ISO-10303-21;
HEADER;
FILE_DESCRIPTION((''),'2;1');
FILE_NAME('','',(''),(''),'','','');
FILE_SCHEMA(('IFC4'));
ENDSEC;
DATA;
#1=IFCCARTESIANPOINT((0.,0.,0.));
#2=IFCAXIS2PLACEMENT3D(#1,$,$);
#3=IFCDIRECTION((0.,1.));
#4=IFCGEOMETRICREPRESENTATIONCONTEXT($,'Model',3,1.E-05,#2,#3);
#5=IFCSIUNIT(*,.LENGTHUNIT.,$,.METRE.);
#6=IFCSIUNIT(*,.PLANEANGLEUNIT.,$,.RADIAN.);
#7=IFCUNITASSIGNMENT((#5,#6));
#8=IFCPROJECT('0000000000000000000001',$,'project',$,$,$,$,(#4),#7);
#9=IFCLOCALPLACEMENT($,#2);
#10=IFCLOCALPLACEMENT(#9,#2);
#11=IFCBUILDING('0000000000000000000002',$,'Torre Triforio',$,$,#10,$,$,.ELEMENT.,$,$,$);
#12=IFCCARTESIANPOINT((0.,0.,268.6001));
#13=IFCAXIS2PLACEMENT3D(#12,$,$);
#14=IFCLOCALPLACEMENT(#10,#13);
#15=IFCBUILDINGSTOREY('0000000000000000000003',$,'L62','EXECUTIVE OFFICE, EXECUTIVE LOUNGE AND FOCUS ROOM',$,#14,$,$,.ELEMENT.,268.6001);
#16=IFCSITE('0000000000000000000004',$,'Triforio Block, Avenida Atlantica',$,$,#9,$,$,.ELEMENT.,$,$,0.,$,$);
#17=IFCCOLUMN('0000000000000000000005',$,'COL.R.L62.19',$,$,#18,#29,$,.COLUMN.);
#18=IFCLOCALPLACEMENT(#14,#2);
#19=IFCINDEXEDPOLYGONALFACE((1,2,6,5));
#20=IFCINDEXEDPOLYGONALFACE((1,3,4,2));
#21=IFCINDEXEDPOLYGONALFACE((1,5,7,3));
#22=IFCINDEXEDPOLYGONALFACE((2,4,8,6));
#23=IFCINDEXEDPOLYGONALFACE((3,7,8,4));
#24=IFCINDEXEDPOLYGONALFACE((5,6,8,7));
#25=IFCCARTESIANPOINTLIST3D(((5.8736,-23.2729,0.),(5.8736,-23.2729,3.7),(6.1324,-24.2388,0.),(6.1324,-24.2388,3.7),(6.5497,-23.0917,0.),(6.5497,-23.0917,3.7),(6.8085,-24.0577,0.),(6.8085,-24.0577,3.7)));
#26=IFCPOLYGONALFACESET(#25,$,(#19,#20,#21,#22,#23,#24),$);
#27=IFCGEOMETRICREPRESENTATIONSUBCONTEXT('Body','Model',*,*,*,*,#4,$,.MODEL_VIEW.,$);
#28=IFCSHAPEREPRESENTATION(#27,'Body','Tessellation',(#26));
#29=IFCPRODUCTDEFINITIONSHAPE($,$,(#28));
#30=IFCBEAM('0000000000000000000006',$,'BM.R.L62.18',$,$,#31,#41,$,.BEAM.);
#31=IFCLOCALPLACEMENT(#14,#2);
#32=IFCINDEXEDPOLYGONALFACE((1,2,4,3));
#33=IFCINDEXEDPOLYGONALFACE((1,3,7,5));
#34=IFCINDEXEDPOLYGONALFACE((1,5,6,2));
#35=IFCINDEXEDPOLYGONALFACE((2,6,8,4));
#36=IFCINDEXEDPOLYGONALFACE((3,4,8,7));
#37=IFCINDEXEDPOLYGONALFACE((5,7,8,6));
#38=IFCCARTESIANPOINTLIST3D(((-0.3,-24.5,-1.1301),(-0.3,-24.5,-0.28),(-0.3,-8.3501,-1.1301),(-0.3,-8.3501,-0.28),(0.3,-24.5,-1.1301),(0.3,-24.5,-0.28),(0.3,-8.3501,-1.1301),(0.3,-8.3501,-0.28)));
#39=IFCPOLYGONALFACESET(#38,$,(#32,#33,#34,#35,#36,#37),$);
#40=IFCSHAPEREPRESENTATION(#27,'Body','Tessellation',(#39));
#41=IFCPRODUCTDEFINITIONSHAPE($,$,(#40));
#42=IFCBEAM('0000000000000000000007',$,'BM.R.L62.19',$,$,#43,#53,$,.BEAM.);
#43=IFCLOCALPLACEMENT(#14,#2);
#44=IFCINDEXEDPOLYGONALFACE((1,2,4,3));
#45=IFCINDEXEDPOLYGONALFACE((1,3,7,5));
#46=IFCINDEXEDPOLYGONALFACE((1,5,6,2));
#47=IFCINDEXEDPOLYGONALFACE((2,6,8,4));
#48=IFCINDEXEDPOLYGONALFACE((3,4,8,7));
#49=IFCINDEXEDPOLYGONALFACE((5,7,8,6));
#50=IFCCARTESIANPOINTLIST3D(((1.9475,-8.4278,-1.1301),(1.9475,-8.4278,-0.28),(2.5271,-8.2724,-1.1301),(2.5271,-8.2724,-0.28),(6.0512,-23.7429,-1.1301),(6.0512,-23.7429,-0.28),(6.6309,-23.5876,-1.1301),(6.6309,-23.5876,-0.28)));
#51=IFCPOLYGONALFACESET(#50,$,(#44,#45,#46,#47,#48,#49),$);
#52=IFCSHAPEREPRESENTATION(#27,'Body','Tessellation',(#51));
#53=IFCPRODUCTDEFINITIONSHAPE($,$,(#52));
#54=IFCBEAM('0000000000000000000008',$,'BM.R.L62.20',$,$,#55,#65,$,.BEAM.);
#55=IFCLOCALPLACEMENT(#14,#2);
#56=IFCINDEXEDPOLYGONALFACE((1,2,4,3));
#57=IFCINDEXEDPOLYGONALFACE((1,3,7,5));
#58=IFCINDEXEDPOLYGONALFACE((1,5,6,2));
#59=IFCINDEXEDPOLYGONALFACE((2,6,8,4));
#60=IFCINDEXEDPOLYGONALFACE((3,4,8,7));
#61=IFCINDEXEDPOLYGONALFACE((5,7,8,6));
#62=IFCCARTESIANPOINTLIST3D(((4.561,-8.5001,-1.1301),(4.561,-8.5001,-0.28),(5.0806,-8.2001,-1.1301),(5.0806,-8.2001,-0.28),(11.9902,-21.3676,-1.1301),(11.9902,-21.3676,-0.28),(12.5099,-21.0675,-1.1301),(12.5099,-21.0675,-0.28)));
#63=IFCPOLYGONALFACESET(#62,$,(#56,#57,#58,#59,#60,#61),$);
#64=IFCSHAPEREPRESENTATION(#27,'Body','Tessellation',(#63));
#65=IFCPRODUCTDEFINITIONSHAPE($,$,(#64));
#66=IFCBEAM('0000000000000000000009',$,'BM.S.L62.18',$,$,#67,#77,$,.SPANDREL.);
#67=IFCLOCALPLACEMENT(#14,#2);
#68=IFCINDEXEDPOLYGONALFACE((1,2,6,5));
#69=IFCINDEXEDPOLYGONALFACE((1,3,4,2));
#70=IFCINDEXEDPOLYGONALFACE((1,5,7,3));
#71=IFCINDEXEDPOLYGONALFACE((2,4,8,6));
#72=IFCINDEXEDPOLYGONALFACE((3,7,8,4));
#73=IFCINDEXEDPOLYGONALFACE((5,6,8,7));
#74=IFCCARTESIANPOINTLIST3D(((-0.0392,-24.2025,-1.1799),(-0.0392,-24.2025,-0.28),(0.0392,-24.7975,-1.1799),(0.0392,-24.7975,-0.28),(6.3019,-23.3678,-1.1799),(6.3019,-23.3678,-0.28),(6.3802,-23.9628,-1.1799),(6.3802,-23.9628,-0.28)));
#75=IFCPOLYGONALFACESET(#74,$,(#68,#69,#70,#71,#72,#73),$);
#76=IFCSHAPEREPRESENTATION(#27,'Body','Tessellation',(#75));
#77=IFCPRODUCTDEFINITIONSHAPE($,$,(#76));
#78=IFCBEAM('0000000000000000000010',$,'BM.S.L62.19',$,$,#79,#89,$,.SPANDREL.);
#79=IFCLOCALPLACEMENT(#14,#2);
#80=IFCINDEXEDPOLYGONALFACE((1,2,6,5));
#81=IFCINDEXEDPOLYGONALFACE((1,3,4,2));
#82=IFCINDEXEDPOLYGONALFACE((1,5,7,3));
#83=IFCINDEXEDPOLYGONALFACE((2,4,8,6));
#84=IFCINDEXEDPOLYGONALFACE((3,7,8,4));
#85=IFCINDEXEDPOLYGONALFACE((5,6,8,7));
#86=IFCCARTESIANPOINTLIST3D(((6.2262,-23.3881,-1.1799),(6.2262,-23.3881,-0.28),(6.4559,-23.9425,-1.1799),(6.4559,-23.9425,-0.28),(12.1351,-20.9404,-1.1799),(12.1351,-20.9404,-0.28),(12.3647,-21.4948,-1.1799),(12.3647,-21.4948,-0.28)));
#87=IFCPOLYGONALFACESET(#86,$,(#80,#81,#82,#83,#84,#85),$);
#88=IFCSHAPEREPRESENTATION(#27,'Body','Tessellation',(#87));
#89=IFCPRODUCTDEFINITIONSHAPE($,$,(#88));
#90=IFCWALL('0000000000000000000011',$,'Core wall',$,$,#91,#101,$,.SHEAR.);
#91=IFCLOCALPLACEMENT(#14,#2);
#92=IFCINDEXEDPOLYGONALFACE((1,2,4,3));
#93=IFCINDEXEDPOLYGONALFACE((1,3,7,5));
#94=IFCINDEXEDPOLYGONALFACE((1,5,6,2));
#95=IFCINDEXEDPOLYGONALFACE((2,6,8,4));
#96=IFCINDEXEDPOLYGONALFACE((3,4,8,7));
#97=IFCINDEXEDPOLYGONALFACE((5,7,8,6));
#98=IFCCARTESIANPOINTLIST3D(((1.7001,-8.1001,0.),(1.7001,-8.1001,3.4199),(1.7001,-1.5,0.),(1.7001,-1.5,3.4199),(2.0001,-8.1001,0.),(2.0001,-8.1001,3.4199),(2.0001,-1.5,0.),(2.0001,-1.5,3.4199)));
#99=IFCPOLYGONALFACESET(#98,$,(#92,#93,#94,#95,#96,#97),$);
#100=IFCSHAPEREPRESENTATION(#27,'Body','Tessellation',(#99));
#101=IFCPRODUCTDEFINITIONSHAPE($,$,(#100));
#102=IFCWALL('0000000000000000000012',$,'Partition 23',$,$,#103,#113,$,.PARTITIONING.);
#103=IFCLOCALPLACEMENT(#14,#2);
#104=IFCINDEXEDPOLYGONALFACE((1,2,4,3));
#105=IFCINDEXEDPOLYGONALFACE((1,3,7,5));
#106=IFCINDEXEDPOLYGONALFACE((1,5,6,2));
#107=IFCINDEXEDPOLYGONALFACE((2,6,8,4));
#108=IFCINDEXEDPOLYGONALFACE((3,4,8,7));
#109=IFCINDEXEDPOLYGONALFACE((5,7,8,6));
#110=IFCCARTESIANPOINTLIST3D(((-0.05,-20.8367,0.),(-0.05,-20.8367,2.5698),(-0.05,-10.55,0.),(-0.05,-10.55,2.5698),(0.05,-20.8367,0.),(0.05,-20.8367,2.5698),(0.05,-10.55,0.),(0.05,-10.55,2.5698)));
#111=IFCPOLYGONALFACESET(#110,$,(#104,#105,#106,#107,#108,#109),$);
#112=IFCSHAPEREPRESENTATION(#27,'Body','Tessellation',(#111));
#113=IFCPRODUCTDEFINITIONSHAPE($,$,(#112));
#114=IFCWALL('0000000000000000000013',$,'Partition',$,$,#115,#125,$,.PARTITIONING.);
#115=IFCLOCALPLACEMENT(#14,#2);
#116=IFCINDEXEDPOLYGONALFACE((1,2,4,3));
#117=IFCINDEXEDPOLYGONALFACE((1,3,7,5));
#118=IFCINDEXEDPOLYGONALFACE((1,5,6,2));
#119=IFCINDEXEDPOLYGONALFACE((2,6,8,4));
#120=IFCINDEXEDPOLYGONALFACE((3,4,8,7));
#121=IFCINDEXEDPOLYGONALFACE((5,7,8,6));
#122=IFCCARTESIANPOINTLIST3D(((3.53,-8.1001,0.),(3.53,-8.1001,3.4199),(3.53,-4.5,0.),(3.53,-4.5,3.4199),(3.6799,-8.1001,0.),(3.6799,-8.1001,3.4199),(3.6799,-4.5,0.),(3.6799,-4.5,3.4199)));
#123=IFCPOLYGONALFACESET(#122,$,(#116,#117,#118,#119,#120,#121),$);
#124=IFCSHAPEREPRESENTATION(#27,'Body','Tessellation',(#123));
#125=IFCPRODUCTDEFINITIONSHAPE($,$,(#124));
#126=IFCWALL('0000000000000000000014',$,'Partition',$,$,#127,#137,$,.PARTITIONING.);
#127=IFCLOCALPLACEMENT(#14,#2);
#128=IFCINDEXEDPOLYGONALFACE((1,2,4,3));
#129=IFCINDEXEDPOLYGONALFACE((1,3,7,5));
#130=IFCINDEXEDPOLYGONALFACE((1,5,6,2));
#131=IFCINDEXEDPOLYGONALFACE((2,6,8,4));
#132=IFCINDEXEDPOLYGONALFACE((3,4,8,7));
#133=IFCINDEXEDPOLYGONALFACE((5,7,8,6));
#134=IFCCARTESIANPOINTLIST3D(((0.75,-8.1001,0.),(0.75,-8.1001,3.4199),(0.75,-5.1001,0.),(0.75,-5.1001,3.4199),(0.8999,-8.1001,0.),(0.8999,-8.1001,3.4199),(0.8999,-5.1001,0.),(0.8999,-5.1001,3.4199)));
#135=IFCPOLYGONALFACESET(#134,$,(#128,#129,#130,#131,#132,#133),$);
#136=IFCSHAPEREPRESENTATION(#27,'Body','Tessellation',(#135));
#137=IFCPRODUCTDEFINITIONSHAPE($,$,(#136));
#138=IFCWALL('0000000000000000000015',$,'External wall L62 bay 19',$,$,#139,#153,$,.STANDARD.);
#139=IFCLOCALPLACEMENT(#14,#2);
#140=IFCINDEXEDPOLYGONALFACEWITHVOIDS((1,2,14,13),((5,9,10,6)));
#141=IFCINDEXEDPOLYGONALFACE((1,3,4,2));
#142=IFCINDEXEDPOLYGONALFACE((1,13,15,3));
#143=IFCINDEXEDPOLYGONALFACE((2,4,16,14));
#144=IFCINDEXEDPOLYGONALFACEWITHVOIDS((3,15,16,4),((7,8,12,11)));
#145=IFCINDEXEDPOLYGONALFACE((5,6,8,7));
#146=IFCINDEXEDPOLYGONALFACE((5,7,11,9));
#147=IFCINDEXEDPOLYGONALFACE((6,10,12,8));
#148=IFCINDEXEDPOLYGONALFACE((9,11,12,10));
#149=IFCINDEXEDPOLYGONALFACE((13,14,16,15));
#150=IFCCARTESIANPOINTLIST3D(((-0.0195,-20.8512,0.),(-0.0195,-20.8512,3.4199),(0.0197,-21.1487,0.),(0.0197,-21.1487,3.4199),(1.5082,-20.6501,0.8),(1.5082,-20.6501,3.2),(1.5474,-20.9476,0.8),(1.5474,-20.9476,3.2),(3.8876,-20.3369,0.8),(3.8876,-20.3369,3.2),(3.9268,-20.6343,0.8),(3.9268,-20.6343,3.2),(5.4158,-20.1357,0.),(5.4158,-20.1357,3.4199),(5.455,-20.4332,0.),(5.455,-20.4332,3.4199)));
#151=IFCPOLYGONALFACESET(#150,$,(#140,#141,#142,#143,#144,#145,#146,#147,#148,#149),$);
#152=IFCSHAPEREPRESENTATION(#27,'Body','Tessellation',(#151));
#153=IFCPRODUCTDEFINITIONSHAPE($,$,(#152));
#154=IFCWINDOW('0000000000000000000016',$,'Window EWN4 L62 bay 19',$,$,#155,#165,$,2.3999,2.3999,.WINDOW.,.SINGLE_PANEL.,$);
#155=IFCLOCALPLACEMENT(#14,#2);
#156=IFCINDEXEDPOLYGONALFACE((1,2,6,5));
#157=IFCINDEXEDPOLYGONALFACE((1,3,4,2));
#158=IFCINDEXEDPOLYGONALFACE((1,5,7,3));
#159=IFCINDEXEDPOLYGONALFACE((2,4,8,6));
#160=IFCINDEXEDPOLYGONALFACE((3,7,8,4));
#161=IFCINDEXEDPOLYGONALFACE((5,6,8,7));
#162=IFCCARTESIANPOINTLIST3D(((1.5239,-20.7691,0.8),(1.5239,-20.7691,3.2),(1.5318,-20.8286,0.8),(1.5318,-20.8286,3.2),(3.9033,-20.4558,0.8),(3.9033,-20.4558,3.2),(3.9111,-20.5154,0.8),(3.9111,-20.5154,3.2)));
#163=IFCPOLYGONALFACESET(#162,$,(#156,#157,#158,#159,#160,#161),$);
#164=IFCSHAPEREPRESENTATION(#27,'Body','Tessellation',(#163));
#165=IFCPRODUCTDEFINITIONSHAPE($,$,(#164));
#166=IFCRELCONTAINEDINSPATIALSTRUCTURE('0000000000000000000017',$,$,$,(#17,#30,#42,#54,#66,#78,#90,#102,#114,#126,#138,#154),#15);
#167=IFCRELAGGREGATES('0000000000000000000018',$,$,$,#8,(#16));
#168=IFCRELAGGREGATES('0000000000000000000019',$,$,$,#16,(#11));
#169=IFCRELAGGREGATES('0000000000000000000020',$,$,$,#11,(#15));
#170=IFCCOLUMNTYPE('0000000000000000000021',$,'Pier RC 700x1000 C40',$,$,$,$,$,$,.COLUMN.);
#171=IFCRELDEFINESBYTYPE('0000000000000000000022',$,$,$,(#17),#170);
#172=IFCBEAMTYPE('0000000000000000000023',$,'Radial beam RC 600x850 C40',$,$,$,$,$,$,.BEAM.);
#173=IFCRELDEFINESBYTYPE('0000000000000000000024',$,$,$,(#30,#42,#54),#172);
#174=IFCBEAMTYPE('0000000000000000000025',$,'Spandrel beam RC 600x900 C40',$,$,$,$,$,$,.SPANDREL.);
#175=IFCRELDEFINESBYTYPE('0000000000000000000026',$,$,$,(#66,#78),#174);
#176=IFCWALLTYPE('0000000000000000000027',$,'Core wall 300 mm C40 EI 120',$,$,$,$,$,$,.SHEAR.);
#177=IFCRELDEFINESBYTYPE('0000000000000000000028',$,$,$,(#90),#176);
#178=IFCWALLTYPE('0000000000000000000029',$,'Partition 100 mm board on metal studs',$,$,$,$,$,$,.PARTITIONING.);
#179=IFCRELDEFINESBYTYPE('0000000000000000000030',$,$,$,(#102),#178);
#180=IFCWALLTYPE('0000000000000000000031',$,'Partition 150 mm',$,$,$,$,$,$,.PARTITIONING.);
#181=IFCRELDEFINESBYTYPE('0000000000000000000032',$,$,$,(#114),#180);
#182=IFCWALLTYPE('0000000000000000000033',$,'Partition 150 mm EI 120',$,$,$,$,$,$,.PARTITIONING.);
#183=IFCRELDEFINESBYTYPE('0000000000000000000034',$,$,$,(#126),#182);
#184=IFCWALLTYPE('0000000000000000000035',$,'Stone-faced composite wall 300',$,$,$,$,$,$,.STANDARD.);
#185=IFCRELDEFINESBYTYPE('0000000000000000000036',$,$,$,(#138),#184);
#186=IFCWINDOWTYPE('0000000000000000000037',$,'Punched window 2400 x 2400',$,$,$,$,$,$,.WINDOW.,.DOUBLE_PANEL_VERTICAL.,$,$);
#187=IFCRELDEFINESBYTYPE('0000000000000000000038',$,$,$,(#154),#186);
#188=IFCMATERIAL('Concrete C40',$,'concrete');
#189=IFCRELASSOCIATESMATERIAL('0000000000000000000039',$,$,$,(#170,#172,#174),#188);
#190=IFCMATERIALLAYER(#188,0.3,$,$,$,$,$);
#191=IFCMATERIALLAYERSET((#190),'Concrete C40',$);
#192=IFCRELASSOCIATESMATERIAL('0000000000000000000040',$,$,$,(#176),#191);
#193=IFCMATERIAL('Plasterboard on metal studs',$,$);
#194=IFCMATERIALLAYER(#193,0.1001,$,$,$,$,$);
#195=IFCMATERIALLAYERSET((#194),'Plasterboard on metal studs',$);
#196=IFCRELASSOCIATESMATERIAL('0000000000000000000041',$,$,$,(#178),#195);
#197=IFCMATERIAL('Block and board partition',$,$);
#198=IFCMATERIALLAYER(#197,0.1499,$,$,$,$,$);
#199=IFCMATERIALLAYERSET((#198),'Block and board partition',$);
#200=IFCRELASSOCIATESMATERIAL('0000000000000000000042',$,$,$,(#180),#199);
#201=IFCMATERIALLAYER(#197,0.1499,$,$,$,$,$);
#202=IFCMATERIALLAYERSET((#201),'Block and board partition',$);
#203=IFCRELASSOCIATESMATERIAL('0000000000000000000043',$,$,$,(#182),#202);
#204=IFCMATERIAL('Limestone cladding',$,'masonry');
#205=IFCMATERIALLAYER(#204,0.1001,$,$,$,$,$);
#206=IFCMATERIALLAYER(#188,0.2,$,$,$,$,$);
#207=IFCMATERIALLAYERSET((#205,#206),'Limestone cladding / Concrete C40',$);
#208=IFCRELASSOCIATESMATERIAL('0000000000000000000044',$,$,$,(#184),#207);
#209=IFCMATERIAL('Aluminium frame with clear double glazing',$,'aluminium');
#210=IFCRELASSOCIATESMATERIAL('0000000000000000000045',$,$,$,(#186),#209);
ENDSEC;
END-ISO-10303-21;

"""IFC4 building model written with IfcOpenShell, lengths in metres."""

from ifc_helpers import new_model, si_unit, direction, frame, frame_2d, origin, origin_2d, place, context, subcontext, project, spatial, rectangle, extrude, material, layer, layer_set, material_profile, profile_set, type_object, element, fill, save


model = new_model("IFC4")

# Units and contexts
model_context = context("Model", 3, precision=1e-05, world=origin(), true_north=direction((0.0, 1.0)))
body_context = subcontext(model_context, "Body", "Model", "MODEL_VIEW")
ifc_project = project(units=[si_unit("LENGTHUNIT", "METRE"), si_unit("PLANEANGLEUNIT", "RADIAN")], contexts=[model_context])

# Site, building, storey
site_placement = place(None, origin())
site = spatial("IfcSite", under=ifc_project, at=site_placement, Name="Triforio Block, Avenida Atlantica", CompositionType="ELEMENT", RefElevation=0.0)
building_placement = place(site_placement, origin())
building = spatial("IfcBuilding", under=site, at=building_placement, Name="Torre Triforio", CompositionType="ELEMENT")
storey_placement = place(building_placement, frame((0.0, 0.0, 268.6001)))
storey = spatial("IfcBuildingStorey", under=building, at=storey_placement, Name="L62", Description="EXECUTIVE OFFICE, EXECUTIVE LOUNGE AND FOCUS ROOM", CompositionType="ELEMENT", Elevation=268.6001)

# Column
ifc_material_1 = material(Name="Concrete C40", Category="concrete")
ifc_material_profile_1 = material_profile(ifc_material_1, rectangle(XDim=0.7, YDim=1.0, at=origin_2d()), Name="RC 700x1000")
ifc_profile_set_1 = profile_set([ifc_material_profile_1], Name="Concrete C40")
column_type = type_object("IfcColumnType", Name="Pier RC 700x1000 C40", PredefinedType="COLUMN", material=ifc_profile_set_1)
column_placement = place(storey_placement, frame((6.3411, -23.6653, 0.0), z_axis=(0.0, 0.0, 1.0), x_axis=(0.965926, 0.258819, 0.0)))
element("IfcColumn", 1, at=column_placement, inside=storey, type_object=column_type, Name="COL.R.L62.19", PredefinedType="COLUMN", context=body_context, shape_type="SweptSolid", body=[
    extrude(rectangle(XDim=0.7, YDim=1.0, at=origin_2d()), origin(), (0.0, 0.0, 1.0), 3.7),
])

# Beams
ifc_material_profile_2 = material_profile(ifc_material_1, rectangle(XDim=0.6001, YDim=0.8501, at=origin_2d()), Name="RC 600x850")
ifc_profile_set_2 = profile_set([ifc_material_profile_2], Name="Concrete C40")
beam_type_1 = type_object("IfcBeamType", Name="Radial beam RC 600x850 C40", PredefinedType="BEAM", material=ifc_profile_set_2)
beam_1_placement = place(storey_placement, frame((0.0, -8.3501, -0.7051), z_axis=(0.0, -1.0, 0.0), x_axis=(1.0, 0.0, 0.0)))
element("IfcBeam", 2, at=beam_1_placement, inside=storey, type_object=beam_type_1, Name="BM.R.L62.18", PredefinedType="BEAM", context=body_context, shape_type="SweptSolid", body=[
    extrude(rectangle(XDim=0.6001, YDim=0.8501, at=origin_2d()), origin(), (0.0, 0.0, 1.0), 16.1499),
])
beam_2_placement = place(storey_placement, frame((2.2373, -8.3501, -0.7051), z_axis=(0.258823, -0.965925, 0.0), x_axis=(0.965925, 0.258823, 0.0)))
element("IfcBeam", 3, at=beam_2_placement, inside=storey, type_object=beam_type_1, Name="BM.R.L62.19", PredefinedType="BEAM", context=body_context, shape_type="SweptSolid", body=[
    extrude(rectangle(XDim=0.6001, YDim=0.8501, at=origin_2d()), origin(), (0.0, 0.0, 1.0), 15.8555),
])
beam_3_placement = place(storey_placement, frame((4.8208, -8.3501, -0.7051), z_axis=(0.500009, -0.86602, 0.0), x_axis=(0.86602, 0.500009, 0.0)))
element("IfcBeam", 4, at=beam_3_placement, inside=storey, type_object=beam_type_1, Name="BM.R.L62.20", PredefinedType="BEAM", context=body_context, shape_type="SweptSolid", body=[
    extrude(rectangle(XDim=0.6001, YDim=0.8501, at=origin_2d()), origin(), (0.0, 0.0, 1.0), 14.8582),
])
ifc_material_profile_3 = material_profile(ifc_material_1, rectangle(XDim=0.6001, YDim=0.8999, at=origin_2d()), Name="RC 600x900")
ifc_profile_set_3 = profile_set([ifc_material_profile_3], Name="Concrete C40")
beam_type_2 = type_object("IfcBeamType", Name="Spandrel beam RC 600x900 C40", PredefinedType="SPANDREL", material=ifc_profile_set_3)
for number, where, z_axis, x_axis, name in (
    (5, (0.0, -24.5, -0.73), (0.991447, 0.130511, 0.0), (-0.130511, 0.991447, 0.0), "BM.S.L62.18"),
    (6, (6.3411, -23.6653, -0.73), (0.923869, 0.382709, 0.0), (-0.382709, 0.923869, 0.0), "BM.S.L62.19"),
):
    element("IfcBeam", number, at=place(storey_placement, frame(where, z_axis=z_axis, x_axis=x_axis)), inside=storey, type_object=beam_type_2, Name=name, PredefinedType="SPANDREL", context=body_context, shape_type="SweptSolid", body=[
        extrude(rectangle(XDim=0.6001, YDim=0.8999, at=origin_2d()), origin(), (0.0, 0.0, 1.0), 6.3958),
    ])

# Walls
ifc_layer_1 = layer(ifc_material_1, 0.3)
ifc_layer_set_1 = layer_set([ifc_layer_1], Name="Concrete C40")
wall_type_1 = type_object("IfcWallType", Name="Core wall 300 mm C40 EI 120", PredefinedType="SHEAR", material=ifc_layer_set_1)
wall_1_placement = place(storey_placement, frame((1.8501, -8.1001, 0.0), z_axis=(0.0, 0.0, 1.0), x_axis=(0.0, 1.0, 0.0)))
element("IfcWall", 7, at=wall_1_placement, inside=storey, type_object=wall_type_1, Name="Core wall", PredefinedType="SHEAR", context=body_context, shape_type="SweptSolid", body=[
    extrude(rectangle(XDim=6.6001, YDim=0.3, at=frame_2d((3.3, 0.0))), origin(), (0.0, 0.0, 1.0), 3.4199),
])
ifc_material_2 = material(Name="Plasterboard on metal studs")
ifc_layer_2 = layer(ifc_material_2, 0.1001)
ifc_layer_set_2 = layer_set([ifc_layer_2], Name="Plasterboard on metal studs")
wall_type_2 = type_object("IfcWallType", Name="Partition 100 mm board on metal studs", PredefinedType="PARTITIONING", material=ifc_layer_set_2)
wall_2_placement = place(storey_placement, frame((0.0, -10.55, 0.0), z_axis=(0.0, 0.0, 1.0), x_axis=(0.0, -1.0, 0.0)))
element("IfcWall", 8, at=wall_2_placement, inside=storey, type_object=wall_type_2, Name="Partition 23", PredefinedType="PARTITIONING", context=body_context, shape_type="SweptSolid", body=[
    extrude(rectangle(XDim=10.2866, YDim=0.1001, at=frame_2d((5.1433, 0.0))), origin(), (0.0, 0.0, 1.0), 2.5698),
])
ifc_material_3 = material(Name="Block and board partition")
ifc_layer_3 = layer(ifc_material_3, 0.1499)
ifc_layer_set_3 = layer_set([ifc_layer_3], Name="Block and board partition")
wall_type_3 = type_object("IfcWallType", Name="Partition 150 mm", PredefinedType="PARTITIONING", material=ifc_layer_set_3)
wall_3_placement = place(storey_placement, frame((3.605, -8.1001, 0.0), z_axis=(0.0, 0.0, 1.0), x_axis=(0.0, 1.0, 0.0)))
element("IfcWall", 9, at=wall_3_placement, inside=storey, type_object=wall_type_3, Name="Partition", PredefinedType="PARTITIONING", context=body_context, shape_type="SweptSolid", body=[
    extrude(rectangle(XDim=3.6001, YDim=0.1499, at=frame_2d((1.8, 0.0))), origin(), (0.0, 0.0, 1.0), 3.4199),
])
ifc_layer_4 = layer(ifc_material_3, 0.1499)
ifc_layer_set_4 = layer_set([ifc_layer_4], Name="Block and board partition")
wall_type_4 = type_object("IfcWallType", Name="Partition 150 mm EI 120", PredefinedType="PARTITIONING", material=ifc_layer_set_4)
wall_4_placement = place(storey_placement, frame((0.825, -8.1001, 0.0), z_axis=(0.0, 0.0, 1.0), x_axis=(0.0, 1.0, 0.0)))
element("IfcWall", 10, at=wall_4_placement, inside=storey, type_object=wall_type_4, Name="Partition", PredefinedType="PARTITIONING", context=body_context, shape_type="SweptSolid", body=[
    extrude(rectangle(XDim=3.0, YDim=0.1499, at=frame_2d((1.5, 0.0))), origin(), (0.0, 0.0, 1.0), 3.4199),
])

# Wall, opening, window
ifc_material_4 = material(Name="Limestone cladding", Category="masonry")
ifc_layer_5 = layer(ifc_material_4, 0.1001)
ifc_layer_6 = layer(ifc_material_1, 0.2)
ifc_layer_set_5 = layer_set([ifc_layer_5, ifc_layer_6], Name="Limestone cladding / Concrete C40")
wall_type_5 = type_object("IfcWallType", Name="Stone-faced composite wall 300", PredefinedType="STANDARD", material=ifc_layer_set_5)
wall_5_placement = place(storey_placement, frame((0.0, -21.0, 0.0), z_axis=(0.0, 0.0, 1.0), x_axis=(0.991445, 0.130527, 0.0)))
wall_5 = element("IfcWall", 11, at=wall_5_placement, inside=storey, type_object=wall_type_5, Name="External wall L62 bay 19", PredefinedType="STANDARD", context=body_context, shape_type="SweptSolid", body=[
    extrude(rectangle(XDim=5.4822, YDim=0.3, at=frame_2d((2.7412, 0.0))), origin(), (0.0, 0.0, 1.0), 3.4199),
])
opening_1_placement = place(wall_5_placement, frame((1.541, 0.0, 0.8)))
opening_1 = element("IfcOpeningElement", 12, at=opening_1_placement, cuts=wall_5, PredefinedType="OPENING", context=body_context, shape_type="SweptSolid", body=[
    extrude(rectangle(XDim=2.3999, YDim=2.3999, at=frame_2d((1.2, 1.2))), frame((0.0, 0.1599, 0.0), z_axis=(0.0, -1.0, 0.0), x_axis=(1.0, 0.0, 0.0)), (0.0, 0.0, 1.0), 0.3201),
])
ifc_material_5 = material(Name="Aluminium frame with clear double glazing", Category="aluminium")
window_type_1 = type_object("IfcWindowType", Name="Punched window 2400 x 2400", PartitioningType="DOUBLE_PANEL_VERTICAL", PredefinedType="WINDOW", material=ifc_material_5)
window_1_placement = place(opening_1_placement, origin())
window_1 = element("IfcWindow", 13, at=window_1_placement, inside=storey, type_object=window_type_1, Name="Window EWN4 L62 bay 19", OverallHeight=2.3999, OverallWidth=2.3999, PartitioningType="SINGLE_PANEL", PredefinedType="WINDOW", context=body_context, shape_type="SweptSolid", body=[
    extrude(rectangle(XDim=2.3999, YDim=2.3999, at=frame_2d((1.2, 1.2))), frame((0.0, 0.03, 0.0), z_axis=(0.0, -1.0, 0.0), x_axis=(1.0, 0.0, 0.0)), (0.0, 0.0, 1.0), 0.0601),
])
fill(opening_1, window_1)

save(model, "model.ifc")
